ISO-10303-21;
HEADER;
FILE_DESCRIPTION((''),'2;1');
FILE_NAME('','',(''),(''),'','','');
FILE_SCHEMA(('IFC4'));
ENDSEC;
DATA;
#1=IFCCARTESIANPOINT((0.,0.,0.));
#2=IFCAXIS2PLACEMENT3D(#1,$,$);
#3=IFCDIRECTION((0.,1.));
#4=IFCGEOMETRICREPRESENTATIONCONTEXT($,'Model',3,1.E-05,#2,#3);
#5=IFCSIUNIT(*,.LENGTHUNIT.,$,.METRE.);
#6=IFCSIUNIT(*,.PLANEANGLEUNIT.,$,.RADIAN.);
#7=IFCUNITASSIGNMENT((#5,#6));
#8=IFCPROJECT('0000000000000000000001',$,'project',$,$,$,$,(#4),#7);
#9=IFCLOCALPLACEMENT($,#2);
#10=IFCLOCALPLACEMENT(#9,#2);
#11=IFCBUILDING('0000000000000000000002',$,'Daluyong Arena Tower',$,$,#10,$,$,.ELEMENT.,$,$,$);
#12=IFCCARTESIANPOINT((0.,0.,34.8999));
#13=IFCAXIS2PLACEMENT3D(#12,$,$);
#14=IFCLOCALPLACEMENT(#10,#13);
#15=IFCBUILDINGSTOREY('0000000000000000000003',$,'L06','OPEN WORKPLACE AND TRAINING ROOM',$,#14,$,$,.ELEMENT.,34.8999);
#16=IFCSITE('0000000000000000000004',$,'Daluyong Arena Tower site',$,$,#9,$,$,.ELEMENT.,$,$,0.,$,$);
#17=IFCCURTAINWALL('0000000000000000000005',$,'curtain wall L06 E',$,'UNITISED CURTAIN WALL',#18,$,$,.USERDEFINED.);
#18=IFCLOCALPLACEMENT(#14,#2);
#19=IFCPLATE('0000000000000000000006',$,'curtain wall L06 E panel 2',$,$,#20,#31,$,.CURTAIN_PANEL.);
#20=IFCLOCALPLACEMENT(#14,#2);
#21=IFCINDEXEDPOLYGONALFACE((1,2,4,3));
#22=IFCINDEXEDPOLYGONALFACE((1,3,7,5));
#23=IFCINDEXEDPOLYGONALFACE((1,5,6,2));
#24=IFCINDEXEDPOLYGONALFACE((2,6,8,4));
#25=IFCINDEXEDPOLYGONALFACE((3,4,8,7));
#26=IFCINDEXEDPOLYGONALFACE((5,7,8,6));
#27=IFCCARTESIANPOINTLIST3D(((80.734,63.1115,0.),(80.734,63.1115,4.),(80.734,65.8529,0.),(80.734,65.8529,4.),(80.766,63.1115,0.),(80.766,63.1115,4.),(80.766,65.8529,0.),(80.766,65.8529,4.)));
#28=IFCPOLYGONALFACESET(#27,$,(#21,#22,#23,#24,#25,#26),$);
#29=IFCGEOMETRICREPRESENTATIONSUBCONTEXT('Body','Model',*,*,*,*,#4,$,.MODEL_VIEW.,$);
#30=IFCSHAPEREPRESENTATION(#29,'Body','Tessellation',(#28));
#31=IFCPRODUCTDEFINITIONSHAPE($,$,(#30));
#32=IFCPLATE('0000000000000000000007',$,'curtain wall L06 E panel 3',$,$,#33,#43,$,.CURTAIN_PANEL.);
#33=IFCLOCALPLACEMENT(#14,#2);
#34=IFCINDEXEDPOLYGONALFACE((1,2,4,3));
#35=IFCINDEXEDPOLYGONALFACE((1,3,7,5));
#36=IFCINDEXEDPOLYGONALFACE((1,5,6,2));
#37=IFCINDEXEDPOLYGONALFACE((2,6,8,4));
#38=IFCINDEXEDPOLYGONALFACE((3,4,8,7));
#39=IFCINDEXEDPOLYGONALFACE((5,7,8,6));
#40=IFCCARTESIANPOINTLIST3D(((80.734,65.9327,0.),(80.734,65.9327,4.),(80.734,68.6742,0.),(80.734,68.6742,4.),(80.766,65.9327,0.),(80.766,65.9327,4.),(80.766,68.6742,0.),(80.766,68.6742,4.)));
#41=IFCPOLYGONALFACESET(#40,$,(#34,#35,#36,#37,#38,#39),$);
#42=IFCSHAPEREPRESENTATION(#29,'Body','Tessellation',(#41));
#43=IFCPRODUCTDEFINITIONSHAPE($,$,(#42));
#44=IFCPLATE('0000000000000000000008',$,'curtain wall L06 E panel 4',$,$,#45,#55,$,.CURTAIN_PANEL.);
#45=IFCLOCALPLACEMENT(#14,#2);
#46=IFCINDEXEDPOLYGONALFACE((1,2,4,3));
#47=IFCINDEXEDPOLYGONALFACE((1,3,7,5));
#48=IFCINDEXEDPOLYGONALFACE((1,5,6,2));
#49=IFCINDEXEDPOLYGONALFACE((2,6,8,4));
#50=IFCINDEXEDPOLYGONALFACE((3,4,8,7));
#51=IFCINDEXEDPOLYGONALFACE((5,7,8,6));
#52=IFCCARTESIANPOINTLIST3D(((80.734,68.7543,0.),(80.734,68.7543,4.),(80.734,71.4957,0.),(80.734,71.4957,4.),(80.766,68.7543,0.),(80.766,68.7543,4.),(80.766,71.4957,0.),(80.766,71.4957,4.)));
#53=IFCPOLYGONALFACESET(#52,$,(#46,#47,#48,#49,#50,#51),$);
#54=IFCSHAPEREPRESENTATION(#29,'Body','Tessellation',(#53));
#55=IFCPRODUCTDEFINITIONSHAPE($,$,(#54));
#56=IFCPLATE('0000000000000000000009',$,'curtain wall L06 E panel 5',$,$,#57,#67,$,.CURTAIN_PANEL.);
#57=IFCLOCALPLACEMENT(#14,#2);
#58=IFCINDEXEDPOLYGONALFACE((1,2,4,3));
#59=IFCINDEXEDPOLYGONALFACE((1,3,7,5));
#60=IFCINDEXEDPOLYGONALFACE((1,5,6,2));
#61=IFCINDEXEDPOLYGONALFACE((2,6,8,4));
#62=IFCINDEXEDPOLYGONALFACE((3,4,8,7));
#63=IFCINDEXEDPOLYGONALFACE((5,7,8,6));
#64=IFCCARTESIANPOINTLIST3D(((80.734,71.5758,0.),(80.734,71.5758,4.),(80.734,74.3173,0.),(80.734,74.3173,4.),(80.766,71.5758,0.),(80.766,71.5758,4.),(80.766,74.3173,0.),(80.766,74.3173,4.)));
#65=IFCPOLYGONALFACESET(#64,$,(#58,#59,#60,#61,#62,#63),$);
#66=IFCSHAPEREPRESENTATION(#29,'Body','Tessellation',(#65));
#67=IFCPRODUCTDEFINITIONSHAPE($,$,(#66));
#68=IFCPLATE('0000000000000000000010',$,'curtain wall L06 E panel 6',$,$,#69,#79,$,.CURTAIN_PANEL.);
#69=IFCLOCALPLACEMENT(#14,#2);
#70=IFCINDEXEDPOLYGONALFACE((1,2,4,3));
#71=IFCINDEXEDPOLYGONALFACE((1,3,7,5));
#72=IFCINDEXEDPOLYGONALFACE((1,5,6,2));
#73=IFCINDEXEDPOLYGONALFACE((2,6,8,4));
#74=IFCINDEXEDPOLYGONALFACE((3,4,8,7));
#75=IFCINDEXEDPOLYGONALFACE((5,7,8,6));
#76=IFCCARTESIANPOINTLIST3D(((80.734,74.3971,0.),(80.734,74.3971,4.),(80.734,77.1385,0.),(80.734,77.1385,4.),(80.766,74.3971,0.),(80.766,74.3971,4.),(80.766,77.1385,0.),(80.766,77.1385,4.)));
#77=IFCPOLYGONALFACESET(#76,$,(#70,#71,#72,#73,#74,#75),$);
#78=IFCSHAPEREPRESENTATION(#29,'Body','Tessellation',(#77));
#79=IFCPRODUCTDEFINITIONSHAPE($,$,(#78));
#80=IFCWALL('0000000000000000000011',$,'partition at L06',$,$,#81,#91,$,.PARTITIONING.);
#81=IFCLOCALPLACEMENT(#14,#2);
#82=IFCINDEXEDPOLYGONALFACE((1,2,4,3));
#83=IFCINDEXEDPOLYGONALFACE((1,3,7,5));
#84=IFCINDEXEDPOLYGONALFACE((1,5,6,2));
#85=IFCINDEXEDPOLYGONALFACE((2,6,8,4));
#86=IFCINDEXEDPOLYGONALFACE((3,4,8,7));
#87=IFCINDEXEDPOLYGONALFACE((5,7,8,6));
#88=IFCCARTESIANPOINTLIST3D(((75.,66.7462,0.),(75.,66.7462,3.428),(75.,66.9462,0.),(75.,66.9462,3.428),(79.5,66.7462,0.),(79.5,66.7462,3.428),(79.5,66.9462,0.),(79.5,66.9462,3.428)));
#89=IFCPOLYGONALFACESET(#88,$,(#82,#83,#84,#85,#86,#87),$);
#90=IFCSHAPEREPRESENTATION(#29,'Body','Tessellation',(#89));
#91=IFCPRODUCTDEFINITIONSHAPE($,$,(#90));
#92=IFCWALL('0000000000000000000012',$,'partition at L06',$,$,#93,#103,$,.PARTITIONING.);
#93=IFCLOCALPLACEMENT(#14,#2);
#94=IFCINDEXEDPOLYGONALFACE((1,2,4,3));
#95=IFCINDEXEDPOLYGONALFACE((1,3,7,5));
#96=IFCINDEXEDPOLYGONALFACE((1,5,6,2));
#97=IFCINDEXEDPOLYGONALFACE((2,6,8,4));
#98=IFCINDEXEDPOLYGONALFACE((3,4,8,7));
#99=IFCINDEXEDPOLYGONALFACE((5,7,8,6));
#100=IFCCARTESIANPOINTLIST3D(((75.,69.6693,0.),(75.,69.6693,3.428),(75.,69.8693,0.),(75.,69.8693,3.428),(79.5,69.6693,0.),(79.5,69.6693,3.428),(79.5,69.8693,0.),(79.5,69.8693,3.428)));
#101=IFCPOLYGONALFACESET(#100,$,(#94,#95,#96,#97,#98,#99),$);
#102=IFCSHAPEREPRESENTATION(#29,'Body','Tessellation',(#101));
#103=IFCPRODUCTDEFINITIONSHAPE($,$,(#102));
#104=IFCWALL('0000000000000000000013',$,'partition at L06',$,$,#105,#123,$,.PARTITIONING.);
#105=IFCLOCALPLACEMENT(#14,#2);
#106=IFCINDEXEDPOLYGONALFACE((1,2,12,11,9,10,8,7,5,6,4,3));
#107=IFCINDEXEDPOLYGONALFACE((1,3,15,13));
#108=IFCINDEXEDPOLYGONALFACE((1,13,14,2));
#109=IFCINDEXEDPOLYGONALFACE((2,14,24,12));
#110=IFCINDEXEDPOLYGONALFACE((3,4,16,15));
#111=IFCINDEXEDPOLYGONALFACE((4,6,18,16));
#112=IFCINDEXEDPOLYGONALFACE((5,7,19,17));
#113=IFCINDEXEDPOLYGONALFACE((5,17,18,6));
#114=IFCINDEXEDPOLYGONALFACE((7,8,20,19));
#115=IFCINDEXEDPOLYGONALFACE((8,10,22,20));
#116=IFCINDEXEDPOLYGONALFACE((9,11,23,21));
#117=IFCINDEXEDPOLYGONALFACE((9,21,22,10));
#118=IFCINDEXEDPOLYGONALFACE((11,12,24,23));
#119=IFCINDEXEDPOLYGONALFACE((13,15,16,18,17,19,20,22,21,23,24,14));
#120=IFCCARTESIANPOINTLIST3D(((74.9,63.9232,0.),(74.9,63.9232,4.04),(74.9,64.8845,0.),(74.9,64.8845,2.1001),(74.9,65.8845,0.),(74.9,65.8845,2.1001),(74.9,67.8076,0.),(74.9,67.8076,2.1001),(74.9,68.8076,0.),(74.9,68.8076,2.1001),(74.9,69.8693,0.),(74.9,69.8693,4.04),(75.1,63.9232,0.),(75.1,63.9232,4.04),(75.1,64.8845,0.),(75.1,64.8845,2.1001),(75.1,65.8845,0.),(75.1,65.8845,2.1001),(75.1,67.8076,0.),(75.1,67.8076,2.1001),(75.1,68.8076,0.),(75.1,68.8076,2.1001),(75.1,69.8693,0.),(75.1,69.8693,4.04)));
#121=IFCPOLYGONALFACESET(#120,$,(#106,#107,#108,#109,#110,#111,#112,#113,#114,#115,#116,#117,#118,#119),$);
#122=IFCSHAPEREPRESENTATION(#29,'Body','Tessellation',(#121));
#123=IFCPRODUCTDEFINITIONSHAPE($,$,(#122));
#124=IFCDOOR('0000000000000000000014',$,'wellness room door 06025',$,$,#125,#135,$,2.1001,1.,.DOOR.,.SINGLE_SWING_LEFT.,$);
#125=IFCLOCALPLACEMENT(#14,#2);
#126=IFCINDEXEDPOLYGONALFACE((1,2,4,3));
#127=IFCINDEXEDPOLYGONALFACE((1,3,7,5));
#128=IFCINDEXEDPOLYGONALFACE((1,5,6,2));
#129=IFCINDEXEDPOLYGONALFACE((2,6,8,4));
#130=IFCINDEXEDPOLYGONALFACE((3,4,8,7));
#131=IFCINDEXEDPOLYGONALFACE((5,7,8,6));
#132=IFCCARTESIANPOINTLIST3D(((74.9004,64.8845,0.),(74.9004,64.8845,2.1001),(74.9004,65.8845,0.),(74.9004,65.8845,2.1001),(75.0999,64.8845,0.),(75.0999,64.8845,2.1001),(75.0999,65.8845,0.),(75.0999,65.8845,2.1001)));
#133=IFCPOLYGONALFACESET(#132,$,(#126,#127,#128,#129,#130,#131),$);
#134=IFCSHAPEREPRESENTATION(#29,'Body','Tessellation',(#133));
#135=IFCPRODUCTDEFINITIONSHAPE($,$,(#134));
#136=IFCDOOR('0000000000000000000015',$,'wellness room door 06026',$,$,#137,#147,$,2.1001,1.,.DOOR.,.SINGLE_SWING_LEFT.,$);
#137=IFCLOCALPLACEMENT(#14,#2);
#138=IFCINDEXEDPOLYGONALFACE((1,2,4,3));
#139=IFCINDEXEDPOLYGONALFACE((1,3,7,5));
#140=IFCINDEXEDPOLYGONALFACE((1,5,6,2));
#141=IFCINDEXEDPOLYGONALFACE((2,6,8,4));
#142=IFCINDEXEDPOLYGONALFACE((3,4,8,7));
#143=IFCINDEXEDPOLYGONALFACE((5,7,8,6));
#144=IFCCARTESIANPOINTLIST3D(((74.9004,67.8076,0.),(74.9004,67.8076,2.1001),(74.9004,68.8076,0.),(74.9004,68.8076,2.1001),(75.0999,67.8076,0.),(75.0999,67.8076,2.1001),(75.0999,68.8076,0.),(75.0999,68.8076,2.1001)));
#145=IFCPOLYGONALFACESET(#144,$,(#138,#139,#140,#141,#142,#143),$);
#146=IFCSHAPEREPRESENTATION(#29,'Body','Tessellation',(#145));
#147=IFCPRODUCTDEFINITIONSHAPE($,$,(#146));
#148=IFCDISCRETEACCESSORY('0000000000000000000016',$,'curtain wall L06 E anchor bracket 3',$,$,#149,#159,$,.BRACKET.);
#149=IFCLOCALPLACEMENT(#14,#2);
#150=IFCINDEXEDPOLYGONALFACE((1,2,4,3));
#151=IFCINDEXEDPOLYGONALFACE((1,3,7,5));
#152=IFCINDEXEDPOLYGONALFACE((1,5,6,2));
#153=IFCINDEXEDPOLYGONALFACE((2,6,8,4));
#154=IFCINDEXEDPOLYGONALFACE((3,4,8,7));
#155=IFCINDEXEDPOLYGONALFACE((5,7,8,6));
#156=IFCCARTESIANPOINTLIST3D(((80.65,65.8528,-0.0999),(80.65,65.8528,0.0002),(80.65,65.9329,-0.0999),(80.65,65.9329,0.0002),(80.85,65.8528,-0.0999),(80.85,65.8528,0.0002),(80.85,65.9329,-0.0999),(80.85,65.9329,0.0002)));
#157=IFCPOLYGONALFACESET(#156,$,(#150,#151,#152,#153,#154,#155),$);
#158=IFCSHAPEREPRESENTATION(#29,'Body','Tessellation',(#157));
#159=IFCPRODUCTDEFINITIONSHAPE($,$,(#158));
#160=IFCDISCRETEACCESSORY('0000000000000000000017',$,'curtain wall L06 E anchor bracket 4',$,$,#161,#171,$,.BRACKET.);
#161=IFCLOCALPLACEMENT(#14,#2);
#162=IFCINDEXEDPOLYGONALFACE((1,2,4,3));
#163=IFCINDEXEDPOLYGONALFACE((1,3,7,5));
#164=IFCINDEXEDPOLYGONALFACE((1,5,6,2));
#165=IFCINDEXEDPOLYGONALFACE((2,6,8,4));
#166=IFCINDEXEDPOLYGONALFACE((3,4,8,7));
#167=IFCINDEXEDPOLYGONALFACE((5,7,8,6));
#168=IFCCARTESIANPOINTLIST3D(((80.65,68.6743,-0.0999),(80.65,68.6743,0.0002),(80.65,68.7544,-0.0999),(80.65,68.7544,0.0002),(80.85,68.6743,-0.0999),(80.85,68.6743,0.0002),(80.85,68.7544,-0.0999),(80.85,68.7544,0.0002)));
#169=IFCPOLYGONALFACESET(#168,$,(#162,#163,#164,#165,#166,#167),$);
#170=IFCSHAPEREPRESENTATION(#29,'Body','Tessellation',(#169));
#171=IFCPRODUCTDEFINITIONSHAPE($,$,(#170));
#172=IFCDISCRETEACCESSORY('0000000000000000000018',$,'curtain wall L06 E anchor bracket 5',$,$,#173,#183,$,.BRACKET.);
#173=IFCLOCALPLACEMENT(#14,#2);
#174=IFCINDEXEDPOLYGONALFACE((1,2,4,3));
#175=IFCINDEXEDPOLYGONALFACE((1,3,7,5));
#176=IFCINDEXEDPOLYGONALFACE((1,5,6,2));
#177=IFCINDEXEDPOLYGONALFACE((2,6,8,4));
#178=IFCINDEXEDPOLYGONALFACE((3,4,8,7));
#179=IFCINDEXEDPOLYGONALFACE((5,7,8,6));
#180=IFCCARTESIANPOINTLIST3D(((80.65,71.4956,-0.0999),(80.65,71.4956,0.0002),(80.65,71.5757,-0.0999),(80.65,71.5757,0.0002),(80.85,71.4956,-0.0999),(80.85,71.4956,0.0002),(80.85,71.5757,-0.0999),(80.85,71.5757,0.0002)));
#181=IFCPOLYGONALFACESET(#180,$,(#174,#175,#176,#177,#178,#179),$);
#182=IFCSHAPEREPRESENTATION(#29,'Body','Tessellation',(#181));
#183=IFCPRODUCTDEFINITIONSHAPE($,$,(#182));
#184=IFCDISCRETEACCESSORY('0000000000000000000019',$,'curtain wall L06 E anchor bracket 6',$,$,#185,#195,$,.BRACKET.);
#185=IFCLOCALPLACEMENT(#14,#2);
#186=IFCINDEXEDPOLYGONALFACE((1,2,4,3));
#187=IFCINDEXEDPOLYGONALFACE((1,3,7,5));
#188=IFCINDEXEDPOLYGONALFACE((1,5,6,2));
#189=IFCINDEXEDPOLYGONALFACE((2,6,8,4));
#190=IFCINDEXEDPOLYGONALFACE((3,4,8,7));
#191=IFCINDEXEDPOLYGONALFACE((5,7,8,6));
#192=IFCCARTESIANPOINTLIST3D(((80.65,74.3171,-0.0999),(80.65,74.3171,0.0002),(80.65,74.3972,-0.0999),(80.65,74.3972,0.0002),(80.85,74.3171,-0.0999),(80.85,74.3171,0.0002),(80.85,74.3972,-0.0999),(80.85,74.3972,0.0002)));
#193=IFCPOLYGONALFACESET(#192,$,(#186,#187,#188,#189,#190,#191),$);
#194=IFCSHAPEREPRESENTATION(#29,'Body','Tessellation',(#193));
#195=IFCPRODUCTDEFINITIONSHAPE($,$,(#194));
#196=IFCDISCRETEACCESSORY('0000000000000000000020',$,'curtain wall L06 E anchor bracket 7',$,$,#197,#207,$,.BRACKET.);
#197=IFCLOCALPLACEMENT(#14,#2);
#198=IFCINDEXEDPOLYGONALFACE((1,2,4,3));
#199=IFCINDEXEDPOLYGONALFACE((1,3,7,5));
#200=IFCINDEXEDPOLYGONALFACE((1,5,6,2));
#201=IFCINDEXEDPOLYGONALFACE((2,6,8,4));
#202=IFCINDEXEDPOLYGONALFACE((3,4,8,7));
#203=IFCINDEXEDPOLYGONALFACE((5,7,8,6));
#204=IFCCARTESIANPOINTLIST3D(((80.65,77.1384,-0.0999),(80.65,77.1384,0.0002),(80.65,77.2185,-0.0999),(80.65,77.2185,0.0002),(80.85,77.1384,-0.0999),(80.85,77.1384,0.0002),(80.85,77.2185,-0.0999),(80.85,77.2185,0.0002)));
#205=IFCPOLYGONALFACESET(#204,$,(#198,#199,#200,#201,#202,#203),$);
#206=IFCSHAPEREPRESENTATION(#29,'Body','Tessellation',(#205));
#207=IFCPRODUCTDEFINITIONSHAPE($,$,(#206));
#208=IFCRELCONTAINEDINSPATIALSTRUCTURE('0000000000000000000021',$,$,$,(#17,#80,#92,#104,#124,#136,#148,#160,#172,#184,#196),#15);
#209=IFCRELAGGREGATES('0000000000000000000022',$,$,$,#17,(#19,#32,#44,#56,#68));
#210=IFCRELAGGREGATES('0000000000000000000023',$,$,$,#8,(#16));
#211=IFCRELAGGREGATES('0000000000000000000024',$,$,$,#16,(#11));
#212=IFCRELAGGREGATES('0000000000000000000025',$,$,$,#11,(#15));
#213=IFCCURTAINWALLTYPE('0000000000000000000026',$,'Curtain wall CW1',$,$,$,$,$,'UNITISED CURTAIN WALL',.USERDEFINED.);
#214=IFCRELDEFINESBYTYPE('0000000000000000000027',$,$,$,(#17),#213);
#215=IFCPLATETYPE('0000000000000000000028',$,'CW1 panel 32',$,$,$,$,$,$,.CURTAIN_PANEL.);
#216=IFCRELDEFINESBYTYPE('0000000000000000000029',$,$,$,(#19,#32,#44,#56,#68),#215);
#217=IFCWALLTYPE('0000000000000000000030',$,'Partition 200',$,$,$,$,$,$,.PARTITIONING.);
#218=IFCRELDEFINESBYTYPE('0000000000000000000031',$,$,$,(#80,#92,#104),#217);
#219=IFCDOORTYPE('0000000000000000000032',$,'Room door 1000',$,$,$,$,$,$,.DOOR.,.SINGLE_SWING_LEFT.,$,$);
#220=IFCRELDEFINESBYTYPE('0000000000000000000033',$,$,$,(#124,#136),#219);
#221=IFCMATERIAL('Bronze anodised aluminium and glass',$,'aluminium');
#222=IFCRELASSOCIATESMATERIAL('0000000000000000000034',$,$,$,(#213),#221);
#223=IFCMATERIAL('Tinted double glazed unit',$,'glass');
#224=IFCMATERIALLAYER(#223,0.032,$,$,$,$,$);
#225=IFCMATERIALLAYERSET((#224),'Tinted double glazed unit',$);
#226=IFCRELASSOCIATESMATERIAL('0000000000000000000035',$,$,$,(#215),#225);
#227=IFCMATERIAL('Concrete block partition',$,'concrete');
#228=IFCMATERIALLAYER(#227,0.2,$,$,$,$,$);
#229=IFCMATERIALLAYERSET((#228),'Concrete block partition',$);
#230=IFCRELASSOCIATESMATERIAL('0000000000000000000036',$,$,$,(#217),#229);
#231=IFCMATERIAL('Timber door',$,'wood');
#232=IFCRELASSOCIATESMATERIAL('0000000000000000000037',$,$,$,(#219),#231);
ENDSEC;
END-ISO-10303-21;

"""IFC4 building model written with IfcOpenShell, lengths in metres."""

from ifc_helpers import new_model, si_unit, direction, frame, frame_2d, origin, origin_2d, place, context, subcontext, project, spatial, rectangle, extrude, material, layer, layer_set, type_object, element, fill, aggregate, save


model = new_model("IFC4")

# Units and contexts
model_context = context("Model", 3, precision=1e-05, world=origin(), true_north=direction((0.0, 1.0)))
body_context = subcontext(model_context, "Body", "Model", "MODEL_VIEW")
ifc_project = project(units=[si_unit("LENGTHUNIT", "METRE"), si_unit("PLANEANGLEUNIT", "RADIAN")], contexts=[model_context])

# Site, building, storey
site_placement = place(None, origin())
site = spatial("IfcSite", under=ifc_project, at=site_placement, Name="Daluyong Arena Tower site", CompositionType="ELEMENT", RefElevation=0.0)
building_placement = place(site_placement, origin())
building = spatial("IfcBuilding", under=site, at=building_placement, Name="Daluyong Arena Tower", CompositionType="ELEMENT")
storey_placement = place(building_placement, frame((0.0, 0.0, 34.8999)))
storey = spatial("IfcBuildingStorey", under=building, at=storey_placement, Name="L06", Description="OPEN WORKPLACE AND TRAINING ROOM", CompositionType="ELEMENT", Elevation=34.8999)

# Curtain wall
ifc_material_1 = material(Name="Bronze anodised aluminium and glass", Category="aluminium")
curtain_wall_type = type_object("IfcCurtainWallType", Name="Curtain wall CW1", ElementType="UNITISED CURTAIN WALL", PredefinedType="USERDEFINED", material=ifc_material_1)
curtain_wall_placement = place(storey_placement, origin())
curtain_wall = element("IfcCurtainWall", 1, at=curtain_wall_placement, inside=storey, type_object=curtain_wall_type, Name="curtain wall L06 E", ObjectType="UNITISED CURTAIN WALL", PredefinedType="USERDEFINED")

# Plates
ifc_material_2 = material(Name="Tinted double glazed unit", Category="glass")
ifc_layer_1 = layer(ifc_material_2, 0.032)
ifc_layer_set_1 = layer_set([ifc_layer_1], Name="Tinted double glazed unit")
plate_type = type_object("IfcPlateType", Name="CW1 panel 32", PredefinedType="CURTAIN_PANEL", material=ifc_layer_set_1)
plate_1_placement = place(storey_placement, frame((80.75, 64.4822, 0.0), z_axis=(0.0, 0.0, 1.0), x_axis=(0.0, 1.0, 0.0)))
plate_1 = element("IfcPlate", 2, at=plate_1_placement, type_object=plate_type, Name="curtain wall L06 E panel 2", PredefinedType="CURTAIN_PANEL", context=body_context, shape_type="SweptSolid", body=[
    extrude(rectangle(XDim=2.7415, YDim=0.032, at=origin_2d()), origin(), (0.0, 0.0, 1.0), 4.0),
])
plate_2_placement = place(storey_placement, frame((80.75, 67.3035, 0.0), z_axis=(0.0, 0.0, 1.0), x_axis=(0.0, 1.0, 0.0)))
plate_2 = element("IfcPlate", 3, at=plate_2_placement, type_object=plate_type, Name="curtain wall L06 E panel 3", PredefinedType="CURTAIN_PANEL", context=body_context, shape_type="SweptSolid", body=[
    extrude(rectangle(XDim=2.7415, YDim=0.032, at=origin_2d()), origin(), (0.0, 0.0, 1.0), 4.0),
])
plate_3_placement = place(storey_placement, frame((80.75, 70.125, 0.0), z_axis=(0.0, 0.0, 1.0), x_axis=(0.0, 1.0, 0.0)))
plate_3 = element("IfcPlate", 4, at=plate_3_placement, type_object=plate_type, Name="curtain wall L06 E panel 4", PredefinedType="CURTAIN_PANEL", context=body_context, shape_type="SweptSolid", body=[
    extrude(rectangle(XDim=2.7415, YDim=0.032, at=origin_2d()), origin(), (0.0, 0.0, 1.0), 4.0),
])
plate_4_placement = place(storey_placement, frame((80.75, 72.9465, 0.0), z_axis=(0.0, 0.0, 1.0), x_axis=(0.0, 1.0, 0.0)))
plate_4 = element("IfcPlate", 5, at=plate_4_placement, type_object=plate_type, Name="curtain wall L06 E panel 5", PredefinedType="CURTAIN_PANEL", context=body_context, shape_type="SweptSolid", body=[
    extrude(rectangle(XDim=2.7415, YDim=0.032, at=origin_2d()), origin(), (0.0, 0.0, 1.0), 4.0),
])
plate_5_placement = place(storey_placement, frame((80.75, 75.7678, 0.0), z_axis=(0.0, 0.0, 1.0), x_axis=(0.0, 1.0, 0.0)))
plate_5 = element("IfcPlate", 6, at=plate_5_placement, type_object=plate_type, Name="curtain wall L06 E panel 6", PredefinedType="CURTAIN_PANEL", context=body_context, shape_type="SweptSolid", body=[
    extrude(rectangle(XDim=2.7415, YDim=0.032, at=origin_2d()), origin(), (0.0, 0.0, 1.0), 4.0),
])
aggregate(curtain_wall, [plate_1, plate_2, plate_3, plate_4, plate_5])

# Walls
ifc_material_3 = material(Name="Concrete block partition", Category="concrete")
ifc_layer_2 = layer(ifc_material_3, 0.2)
ifc_layer_set_2 = layer_set([ifc_layer_2], Name="Concrete block partition")
wall_type = type_object("IfcWallType", Name="Partition 200", PredefinedType="PARTITIONING", material=ifc_layer_set_2)
for number, where, z_axis, x_axis, name in (
    (7, (75.0, 66.8462, 0.0), (0.0, 0.0, 1.0), (1.0, 0.0, 0.0), "partition at L06"),
    (8, (75.0, 69.7693, 0.0), (0.0, 0.0, 1.0), (1.0, 0.0, 0.0), "partition at L06"),
):
    element("IfcWall", number, at=place(storey_placement, frame(where, z_axis=z_axis, x_axis=x_axis)), inside=storey, type_object=wall_type, Name=name, PredefinedType="PARTITIONING", context=body_context, shape_type="SweptSolid", body=[
        extrude(rectangle(XDim=4.5, YDim=0.2, at=frame_2d((2.25, 0.0))), origin(), (0.0, 0.0, 1.0), 3.428),
    ])

# Wall, openings, doors
wall_placement = place(storey_placement, frame((75.0, 63.9231, 0.0), z_axis=(0.0, 0.0, 1.0), x_axis=(0.0, 1.0, 0.0)))
wall = element("IfcWall", 9, at=wall_placement, inside=storey, type_object=wall_type, Name="partition at L06", PredefinedType="PARTITIONING", context=body_context, shape_type="SweptSolid", body=[
    extrude(rectangle(XDim=5.946, YDim=0.2, at=frame_2d((2.9731, 0.0))), origin(), (0.0, 0.0, 1.0), 4.04),
])
opening_1_placement = place(wall_placement, frame((0.9614, 0.0, 0.0)))
opening_1 = element("IfcOpeningElement", 10, at=opening_1_placement, cuts=wall, PredefinedType="OPENING", context=body_context, shape_type="SweptSolid", body=[
    extrude(rectangle(XDim=1.0, YDim=2.1001, at=frame_2d((0.5, 1.05))), frame((0.0, 0.1099, 0.0), z_axis=(0.0, -1.0, 0.0), x_axis=(1.0, 0.0, 0.0)), (0.0, 0.0, 1.0), 0.22),
])
opening_2_placement = place(wall_placement, frame((3.8845, 0.0, 0.0)))
opening_2 = element("IfcOpeningElement", 11, at=opening_2_placement, cuts=wall, PredefinedType="OPENING", context=body_context, shape_type="SweptSolid", body=[
    extrude(rectangle(XDim=1.0, YDim=2.1001, at=frame_2d((0.5, 1.05))), frame((0.0, 0.1099, 0.0), z_axis=(0.0, -1.0, 0.0), x_axis=(1.0, 0.0, 0.0)), (0.0, 0.0, 1.0), 0.22),
])
ifc_material_4 = material(Name="Timber door", Category="wood")
door_type = type_object("IfcDoorType", Name="Room door 1000", OperationType="SINGLE_SWING_LEFT", PredefinedType="DOOR", material=ifc_material_4)
door_1_placement = place(opening_1_placement, origin())
door_1 = element("IfcDoor", 12, at=door_1_placement, inside=storey, type_object=door_type, Name="wellness room door 06025", OperationType="SINGLE_SWING_LEFT", OverallHeight=2.1001, OverallWidth=1.0, PredefinedType="DOOR", context=body_context, shape_type="SweptSolid", body=[
    extrude(rectangle(XDim=1.0, YDim=2.1001, at=frame_2d((0.5, 1.05))), frame((0.0, 0.0996, 0.0), z_axis=(0.0, -1.0, 0.0), x_axis=(1.0, 0.0, 0.0)), (0.0, 0.0, 1.0), 0.1995),
])
fill(opening_1, door_1)
door_2_placement = place(opening_2_placement, origin())
door_2 = element("IfcDoor", 13, at=door_2_placement, inside=storey, type_object=door_type, Name="wellness room door 06026", OperationType="SINGLE_SWING_LEFT", OverallHeight=2.1001, OverallWidth=1.0, PredefinedType="DOOR", context=body_context, shape_type="SweptSolid", body=[
    extrude(rectangle(XDim=1.0, YDim=2.1001, at=frame_2d((0.5, 1.05))), frame((0.0, 0.0996, 0.0), z_axis=(0.0, -1.0, 0.0), x_axis=(1.0, 0.0, 0.0)), (0.0, 0.0, 1.0), 0.1995),
])
fill(opening_2, door_2)

# Discrete accessories
for number, where, z_axis, x_axis, name in (
    (14, (80.75, 65.8928, -0.0999), (0.0, 0.0, 1.0), (0.0, 1.0, 0.0), "curtain wall L06 E anchor bracket 3"),
    (15, (80.75, 68.7144, -0.0999), (0.0, 0.0, 1.0), (0.0, 1.0, 0.0), "curtain wall L06 E anchor bracket 4"),
    (16, (80.75, 71.5356, -0.0999), (0.0, 0.0, 1.0), (0.0, 1.0, 0.0), "curtain wall L06 E anchor bracket 5"),
    (17, (80.75, 74.3572, -0.0999), (0.0, 0.0, 1.0), (0.0, 1.0, 0.0), "curtain wall L06 E anchor bracket 6"),
    (18, (80.75, 77.1785, -0.0999), (0.0, 0.0, 1.0), (0.0, 1.0, 0.0), "curtain wall L06 E anchor bracket 7"),
):
    element("IfcDiscreteAccessory", number, at=place(storey_placement, frame(where, z_axis=z_axis, x_axis=x_axis)), inside=storey, Name=name, PredefinedType="BRACKET", context=body_context, shape_type="SweptSolid", body=[
        extrude(rectangle(XDim=0.0801, YDim=0.2, at=origin_2d()), origin(), (0.0, 0.0, 1.0), 0.1001),
    ])

save(model, "model.ifc")
